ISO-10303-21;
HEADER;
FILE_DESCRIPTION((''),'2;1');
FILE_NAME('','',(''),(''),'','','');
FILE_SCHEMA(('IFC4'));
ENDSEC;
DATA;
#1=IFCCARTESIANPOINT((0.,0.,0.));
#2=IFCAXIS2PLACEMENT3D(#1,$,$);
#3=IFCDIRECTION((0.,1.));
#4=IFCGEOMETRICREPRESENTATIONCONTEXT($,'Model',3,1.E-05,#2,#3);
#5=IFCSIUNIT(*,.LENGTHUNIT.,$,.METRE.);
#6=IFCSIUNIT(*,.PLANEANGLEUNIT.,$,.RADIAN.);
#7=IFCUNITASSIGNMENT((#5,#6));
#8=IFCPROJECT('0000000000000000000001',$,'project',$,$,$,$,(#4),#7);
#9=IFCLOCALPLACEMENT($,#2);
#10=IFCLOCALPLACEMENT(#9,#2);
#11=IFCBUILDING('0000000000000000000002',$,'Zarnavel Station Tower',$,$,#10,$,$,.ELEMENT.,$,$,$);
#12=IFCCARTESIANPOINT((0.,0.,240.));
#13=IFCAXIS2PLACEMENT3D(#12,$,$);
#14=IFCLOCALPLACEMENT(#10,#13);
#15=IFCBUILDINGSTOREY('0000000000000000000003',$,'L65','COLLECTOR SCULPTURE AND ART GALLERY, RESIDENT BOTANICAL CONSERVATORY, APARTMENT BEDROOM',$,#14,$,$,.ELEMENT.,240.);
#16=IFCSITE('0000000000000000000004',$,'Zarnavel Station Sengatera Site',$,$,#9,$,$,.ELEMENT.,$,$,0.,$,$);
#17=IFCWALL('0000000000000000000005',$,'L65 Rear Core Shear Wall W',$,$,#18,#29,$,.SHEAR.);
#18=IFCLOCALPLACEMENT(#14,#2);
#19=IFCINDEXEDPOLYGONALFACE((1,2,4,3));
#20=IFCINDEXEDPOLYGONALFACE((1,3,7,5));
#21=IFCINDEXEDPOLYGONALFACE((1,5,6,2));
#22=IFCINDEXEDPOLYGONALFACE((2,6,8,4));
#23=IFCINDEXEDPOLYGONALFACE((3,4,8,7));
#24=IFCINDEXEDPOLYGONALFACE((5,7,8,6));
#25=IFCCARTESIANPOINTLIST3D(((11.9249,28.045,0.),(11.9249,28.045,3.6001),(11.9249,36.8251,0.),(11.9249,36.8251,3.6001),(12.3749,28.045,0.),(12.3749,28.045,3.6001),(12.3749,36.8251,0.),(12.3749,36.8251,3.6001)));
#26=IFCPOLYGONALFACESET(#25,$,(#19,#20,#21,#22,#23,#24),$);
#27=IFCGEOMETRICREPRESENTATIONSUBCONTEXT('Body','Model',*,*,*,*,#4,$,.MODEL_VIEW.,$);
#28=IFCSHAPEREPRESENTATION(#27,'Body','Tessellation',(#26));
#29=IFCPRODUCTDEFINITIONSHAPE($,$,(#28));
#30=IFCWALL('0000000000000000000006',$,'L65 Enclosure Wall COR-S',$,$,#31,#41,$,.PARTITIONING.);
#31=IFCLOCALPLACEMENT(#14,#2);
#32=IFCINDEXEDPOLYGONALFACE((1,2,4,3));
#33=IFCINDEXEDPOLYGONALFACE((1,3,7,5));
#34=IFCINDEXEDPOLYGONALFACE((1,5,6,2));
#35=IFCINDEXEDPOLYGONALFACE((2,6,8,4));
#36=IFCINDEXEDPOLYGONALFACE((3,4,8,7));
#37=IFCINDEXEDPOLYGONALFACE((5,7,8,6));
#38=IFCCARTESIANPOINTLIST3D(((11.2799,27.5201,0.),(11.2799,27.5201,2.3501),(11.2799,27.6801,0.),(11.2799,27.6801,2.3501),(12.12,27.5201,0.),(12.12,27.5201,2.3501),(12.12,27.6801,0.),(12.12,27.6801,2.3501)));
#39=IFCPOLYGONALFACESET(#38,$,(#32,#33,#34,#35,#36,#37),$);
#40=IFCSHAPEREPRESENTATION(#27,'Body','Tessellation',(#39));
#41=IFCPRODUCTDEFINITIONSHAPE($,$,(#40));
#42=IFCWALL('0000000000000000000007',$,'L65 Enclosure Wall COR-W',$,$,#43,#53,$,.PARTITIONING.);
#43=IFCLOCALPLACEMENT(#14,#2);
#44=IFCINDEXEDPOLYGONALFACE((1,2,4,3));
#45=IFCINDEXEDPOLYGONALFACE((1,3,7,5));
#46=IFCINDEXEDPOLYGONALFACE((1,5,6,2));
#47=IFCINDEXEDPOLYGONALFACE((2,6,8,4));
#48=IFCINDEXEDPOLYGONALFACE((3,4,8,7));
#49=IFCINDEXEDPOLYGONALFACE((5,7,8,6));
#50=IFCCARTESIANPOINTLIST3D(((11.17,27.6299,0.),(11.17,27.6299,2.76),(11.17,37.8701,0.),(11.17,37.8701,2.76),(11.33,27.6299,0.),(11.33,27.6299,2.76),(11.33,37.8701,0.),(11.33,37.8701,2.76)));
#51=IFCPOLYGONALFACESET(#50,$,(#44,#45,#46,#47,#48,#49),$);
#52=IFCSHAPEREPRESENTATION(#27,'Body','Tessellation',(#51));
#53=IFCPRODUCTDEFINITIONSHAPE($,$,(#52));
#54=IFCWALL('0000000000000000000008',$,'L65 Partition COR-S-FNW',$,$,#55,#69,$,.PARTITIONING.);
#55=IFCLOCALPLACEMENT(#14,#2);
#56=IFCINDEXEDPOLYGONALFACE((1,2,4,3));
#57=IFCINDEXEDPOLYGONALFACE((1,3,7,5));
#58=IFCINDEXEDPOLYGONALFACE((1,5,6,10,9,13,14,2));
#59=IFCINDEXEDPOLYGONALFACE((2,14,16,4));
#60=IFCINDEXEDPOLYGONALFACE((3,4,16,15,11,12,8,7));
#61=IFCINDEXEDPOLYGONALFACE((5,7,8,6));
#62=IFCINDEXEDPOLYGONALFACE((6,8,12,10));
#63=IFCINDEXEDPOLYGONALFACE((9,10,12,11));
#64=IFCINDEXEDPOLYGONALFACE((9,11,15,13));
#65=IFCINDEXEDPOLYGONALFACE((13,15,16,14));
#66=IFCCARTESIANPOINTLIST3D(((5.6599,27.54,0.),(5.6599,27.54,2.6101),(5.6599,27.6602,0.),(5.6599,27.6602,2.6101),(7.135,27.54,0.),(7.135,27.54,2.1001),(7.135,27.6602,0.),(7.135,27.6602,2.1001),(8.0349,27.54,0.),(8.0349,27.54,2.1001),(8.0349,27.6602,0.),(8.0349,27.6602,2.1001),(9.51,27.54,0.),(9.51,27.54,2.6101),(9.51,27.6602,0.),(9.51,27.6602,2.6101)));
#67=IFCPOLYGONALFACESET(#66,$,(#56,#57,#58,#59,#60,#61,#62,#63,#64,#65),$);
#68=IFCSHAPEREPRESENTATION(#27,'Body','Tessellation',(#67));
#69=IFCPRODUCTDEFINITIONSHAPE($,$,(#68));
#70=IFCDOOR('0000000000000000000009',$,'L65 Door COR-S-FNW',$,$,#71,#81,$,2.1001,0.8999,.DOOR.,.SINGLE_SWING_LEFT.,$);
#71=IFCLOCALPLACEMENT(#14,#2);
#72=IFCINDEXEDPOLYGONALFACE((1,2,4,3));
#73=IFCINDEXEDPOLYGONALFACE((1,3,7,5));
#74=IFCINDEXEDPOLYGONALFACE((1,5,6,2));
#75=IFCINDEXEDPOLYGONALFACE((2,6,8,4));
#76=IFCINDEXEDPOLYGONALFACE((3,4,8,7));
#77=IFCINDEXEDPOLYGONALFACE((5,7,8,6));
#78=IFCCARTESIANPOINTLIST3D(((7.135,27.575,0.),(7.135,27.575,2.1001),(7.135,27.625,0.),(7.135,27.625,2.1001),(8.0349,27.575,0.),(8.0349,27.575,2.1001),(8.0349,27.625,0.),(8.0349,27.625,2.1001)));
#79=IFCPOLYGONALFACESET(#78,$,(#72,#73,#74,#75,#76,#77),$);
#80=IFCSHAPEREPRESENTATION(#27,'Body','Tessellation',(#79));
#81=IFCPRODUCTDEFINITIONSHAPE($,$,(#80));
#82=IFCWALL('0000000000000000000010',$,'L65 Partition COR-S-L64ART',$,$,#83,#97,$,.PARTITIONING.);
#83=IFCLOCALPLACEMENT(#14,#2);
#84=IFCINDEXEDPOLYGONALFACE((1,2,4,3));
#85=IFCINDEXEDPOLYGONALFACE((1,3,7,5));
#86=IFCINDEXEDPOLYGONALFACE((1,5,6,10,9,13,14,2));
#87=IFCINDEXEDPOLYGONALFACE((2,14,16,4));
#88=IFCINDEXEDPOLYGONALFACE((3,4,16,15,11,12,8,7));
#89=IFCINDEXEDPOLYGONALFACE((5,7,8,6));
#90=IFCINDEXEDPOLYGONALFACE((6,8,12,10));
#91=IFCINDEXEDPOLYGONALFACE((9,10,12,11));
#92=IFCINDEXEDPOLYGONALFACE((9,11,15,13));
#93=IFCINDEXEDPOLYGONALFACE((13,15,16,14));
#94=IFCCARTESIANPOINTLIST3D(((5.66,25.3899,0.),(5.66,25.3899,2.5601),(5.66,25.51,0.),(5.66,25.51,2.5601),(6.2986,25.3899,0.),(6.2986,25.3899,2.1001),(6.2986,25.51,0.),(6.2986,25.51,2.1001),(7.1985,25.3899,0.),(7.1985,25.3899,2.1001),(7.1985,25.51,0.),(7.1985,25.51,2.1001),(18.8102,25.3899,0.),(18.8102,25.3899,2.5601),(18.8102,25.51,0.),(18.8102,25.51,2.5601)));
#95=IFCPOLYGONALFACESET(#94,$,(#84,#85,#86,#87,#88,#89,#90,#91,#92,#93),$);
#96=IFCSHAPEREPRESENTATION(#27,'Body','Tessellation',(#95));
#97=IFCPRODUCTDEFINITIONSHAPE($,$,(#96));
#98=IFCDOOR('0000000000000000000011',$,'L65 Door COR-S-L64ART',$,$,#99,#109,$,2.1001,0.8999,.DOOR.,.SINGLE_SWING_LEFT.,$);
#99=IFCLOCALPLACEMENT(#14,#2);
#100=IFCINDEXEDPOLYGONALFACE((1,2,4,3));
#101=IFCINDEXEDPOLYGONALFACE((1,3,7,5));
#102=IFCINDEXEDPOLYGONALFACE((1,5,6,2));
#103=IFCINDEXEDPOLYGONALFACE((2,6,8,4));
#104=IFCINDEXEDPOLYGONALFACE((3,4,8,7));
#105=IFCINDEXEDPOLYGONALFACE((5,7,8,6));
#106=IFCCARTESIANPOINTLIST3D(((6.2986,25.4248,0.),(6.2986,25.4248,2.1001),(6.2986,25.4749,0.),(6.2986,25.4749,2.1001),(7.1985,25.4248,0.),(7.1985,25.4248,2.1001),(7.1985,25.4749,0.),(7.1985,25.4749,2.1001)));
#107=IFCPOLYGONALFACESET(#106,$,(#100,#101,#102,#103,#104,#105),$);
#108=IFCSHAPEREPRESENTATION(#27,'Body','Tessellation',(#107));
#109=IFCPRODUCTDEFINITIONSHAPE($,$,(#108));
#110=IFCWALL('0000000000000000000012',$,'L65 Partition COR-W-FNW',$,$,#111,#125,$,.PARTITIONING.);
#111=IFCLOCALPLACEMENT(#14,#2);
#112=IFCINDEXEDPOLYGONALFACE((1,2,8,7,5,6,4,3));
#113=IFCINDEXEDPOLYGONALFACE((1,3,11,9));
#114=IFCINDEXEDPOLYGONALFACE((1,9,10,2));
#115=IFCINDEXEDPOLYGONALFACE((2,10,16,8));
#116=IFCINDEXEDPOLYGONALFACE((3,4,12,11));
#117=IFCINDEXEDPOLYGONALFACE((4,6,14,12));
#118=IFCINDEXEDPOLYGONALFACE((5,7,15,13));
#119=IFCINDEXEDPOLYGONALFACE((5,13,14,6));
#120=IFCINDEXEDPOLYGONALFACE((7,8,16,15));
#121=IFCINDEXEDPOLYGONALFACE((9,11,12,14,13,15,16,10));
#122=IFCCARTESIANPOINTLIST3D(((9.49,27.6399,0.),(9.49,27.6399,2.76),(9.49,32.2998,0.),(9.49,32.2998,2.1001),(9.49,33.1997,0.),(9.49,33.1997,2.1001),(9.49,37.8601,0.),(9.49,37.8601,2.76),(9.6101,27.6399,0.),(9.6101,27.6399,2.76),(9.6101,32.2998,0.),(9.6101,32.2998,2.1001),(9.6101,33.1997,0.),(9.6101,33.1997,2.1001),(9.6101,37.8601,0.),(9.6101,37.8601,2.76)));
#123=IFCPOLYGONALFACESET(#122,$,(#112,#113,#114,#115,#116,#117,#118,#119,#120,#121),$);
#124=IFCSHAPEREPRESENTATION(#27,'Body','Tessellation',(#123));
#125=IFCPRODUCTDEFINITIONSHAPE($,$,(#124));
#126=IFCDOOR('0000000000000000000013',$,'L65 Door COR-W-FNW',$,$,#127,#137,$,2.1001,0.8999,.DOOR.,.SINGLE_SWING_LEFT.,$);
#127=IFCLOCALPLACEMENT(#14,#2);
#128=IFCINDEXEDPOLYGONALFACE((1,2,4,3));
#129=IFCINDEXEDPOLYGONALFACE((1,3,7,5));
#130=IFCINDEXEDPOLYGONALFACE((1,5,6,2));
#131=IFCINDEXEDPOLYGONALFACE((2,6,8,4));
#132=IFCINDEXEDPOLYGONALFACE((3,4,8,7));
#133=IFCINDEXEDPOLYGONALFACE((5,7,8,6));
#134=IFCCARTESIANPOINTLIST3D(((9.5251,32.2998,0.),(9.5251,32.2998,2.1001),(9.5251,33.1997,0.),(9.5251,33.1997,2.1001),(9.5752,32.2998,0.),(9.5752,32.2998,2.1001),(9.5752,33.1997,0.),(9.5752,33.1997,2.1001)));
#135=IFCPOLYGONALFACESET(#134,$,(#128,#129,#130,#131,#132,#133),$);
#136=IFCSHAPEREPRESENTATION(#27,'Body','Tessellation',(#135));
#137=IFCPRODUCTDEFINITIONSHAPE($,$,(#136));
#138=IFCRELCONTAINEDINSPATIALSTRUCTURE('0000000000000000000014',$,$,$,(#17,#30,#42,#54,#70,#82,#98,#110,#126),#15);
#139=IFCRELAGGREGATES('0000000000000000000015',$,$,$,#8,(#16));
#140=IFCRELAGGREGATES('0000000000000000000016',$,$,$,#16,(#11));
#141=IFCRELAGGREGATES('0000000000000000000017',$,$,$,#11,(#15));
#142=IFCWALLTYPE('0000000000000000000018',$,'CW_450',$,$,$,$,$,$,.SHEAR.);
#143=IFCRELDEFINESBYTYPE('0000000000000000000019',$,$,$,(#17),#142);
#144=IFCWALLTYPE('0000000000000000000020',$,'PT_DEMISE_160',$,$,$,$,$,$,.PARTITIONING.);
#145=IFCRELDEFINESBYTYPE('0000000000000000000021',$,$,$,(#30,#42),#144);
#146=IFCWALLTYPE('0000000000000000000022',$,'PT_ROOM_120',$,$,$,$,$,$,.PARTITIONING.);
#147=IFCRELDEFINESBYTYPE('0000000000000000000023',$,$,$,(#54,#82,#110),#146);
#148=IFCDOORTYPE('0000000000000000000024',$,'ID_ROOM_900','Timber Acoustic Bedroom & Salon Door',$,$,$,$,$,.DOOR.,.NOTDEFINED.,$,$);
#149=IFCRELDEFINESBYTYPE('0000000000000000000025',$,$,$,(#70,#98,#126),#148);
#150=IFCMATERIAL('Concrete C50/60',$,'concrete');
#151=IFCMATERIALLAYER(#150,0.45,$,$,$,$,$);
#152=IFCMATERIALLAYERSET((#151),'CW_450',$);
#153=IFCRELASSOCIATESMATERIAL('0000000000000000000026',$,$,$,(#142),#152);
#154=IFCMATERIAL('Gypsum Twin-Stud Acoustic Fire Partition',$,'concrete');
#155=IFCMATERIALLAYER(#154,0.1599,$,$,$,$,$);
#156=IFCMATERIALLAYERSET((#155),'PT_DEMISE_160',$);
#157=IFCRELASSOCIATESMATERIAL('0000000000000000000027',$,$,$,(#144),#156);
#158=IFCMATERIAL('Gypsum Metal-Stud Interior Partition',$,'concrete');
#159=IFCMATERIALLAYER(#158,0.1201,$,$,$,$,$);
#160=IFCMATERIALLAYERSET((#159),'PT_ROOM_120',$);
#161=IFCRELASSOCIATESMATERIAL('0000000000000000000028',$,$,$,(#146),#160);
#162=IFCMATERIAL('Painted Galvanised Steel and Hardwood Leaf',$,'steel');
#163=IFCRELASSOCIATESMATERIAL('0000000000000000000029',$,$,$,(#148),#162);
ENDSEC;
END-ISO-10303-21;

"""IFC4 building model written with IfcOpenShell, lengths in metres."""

from ifc_helpers import new_model, si_unit, direction, frame, frame_2d, origin, place, context, subcontext, project, spatial, rectangle, extrude, material, layer, layer_set, type_object, element, fill, save


model = new_model("IFC4")

# Units and contexts
model_context = context("Model", 3, precision=1e-05, world=origin(), true_north=direction((0.0, 1.0)))
body_context = subcontext(model_context, "Body", "Model", "MODEL_VIEW")
ifc_project = project(units=[si_unit("LENGTHUNIT", "METRE"), si_unit("PLANEANGLEUNIT", "RADIAN")], contexts=[model_context])

# Site, building, storey
site_placement = place(None, origin())
site = spatial("IfcSite", under=ifc_project, at=site_placement, Name="Zarnavel Station Sengatera Site", CompositionType="ELEMENT", RefElevation=0.0)
building_placement = place(site_placement, origin())
building = spatial("IfcBuilding", under=site, at=building_placement, Name="Zarnavel Station Tower", CompositionType="ELEMENT")
storey_placement = place(building_placement, frame((0.0, 0.0, 240.0)))
storey = spatial("IfcBuildingStorey", under=building, at=storey_placement, Name="L65", Description="COLLECTOR SCULPTURE AND ART GALLERY, RESIDENT BOTANICAL CONSERVATORY, APARTMENT BEDROOM", CompositionType="ELEMENT", Elevation=240.0)

# Walls
ifc_material_1 = material(Name="Concrete C50/60", Category="concrete")
ifc_layer_1 = layer(ifc_material_1, 0.45)
ifc_layer_set_1 = layer_set([ifc_layer_1], Name="CW_450")
wall_type_1 = type_object("IfcWallType", Name="CW_450", PredefinedType="SHEAR", material=ifc_layer_set_1)
wall_1_placement = place(storey_placement, frame((12.1499, 28.0449, 0.0), z_axis=(0.0, 0.0, 1.0), x_axis=(0.0, 1.0, 0.0)))
element("IfcWall", 1, at=wall_1_placement, inside=storey, type_object=wall_type_1, Name="L65 Rear Core Shear Wall W", PredefinedType="SHEAR", context=body_context, shape_type="SweptSolid", body=[
    extrude(rectangle(XDim=8.78, YDim=0.45, at=frame_2d((4.3901, 0.0))), origin(), (0.0, 0.0, 1.0), 3.6001),
])
ifc_material_2 = material(Name="Gypsum Twin-Stud Acoustic Fire Partition", Category="concrete")
ifc_layer_2 = layer(ifc_material_2, 0.1599)
ifc_layer_set_2 = layer_set([ifc_layer_2], Name="PT_DEMISE_160")
wall_type_2 = type_object("IfcWallType", Name="PT_DEMISE_160", PredefinedType="PARTITIONING", material=ifc_layer_set_2)
wall_2_placement = place(storey_placement, frame((11.28, 27.6001, 0.0), z_axis=(0.0, 0.0, 1.0), x_axis=(1.0, 0.0, 0.0)))
element("IfcWall", 2, at=wall_2_placement, inside=storey, type_object=wall_type_2, Name="L65 Enclosure Wall COR-S", PredefinedType="PARTITIONING", context=body_context, shape_type="SweptSolid", body=[
    extrude(rectangle(XDim=0.8401, YDim=0.1599, at=frame_2d((0.4199, 0.0))), origin(), (0.0, 0.0, 1.0), 2.3501),
])
wall_3_placement = place(storey_placement, frame((11.25, 27.6299, 0.0), z_axis=(0.0, 0.0, 1.0), x_axis=(0.0, 1.0, 0.0)))
element("IfcWall", 3, at=wall_3_placement, inside=storey, type_object=wall_type_2, Name="L65 Enclosure Wall COR-W", PredefinedType="PARTITIONING", context=body_context, shape_type="SweptSolid", body=[
    extrude(rectangle(XDim=10.2402, YDim=0.1599, at=frame_2d((5.1201, 0.0))), origin(), (0.0, 0.0, 1.0), 2.76),
])

# Walls, openings, doors
ifc_material_3 = material(Name="Gypsum Metal-Stud Interior Partition", Category="concrete")
ifc_layer_3 = layer(ifc_material_3, 0.1201)
ifc_layer_set_3 = layer_set([ifc_layer_3], Name="PT_ROOM_120")
wall_type_3 = type_object("IfcWallType", Name="PT_ROOM_120", PredefinedType="PARTITIONING", material=ifc_layer_set_3)
wall_4_placement = place(storey_placement, frame((5.6599, 27.6001, 0.0), z_axis=(0.0, 0.0, 1.0), x_axis=(1.0, 0.0, 0.0)))
wall_4 = element("IfcWall", 4, at=wall_4_placement, inside=storey, type_object=wall_type_3, Name="L65 Partition COR-S-FNW", PredefinedType="PARTITIONING", context=body_context, shape_type="SweptSolid", body=[
    extrude(rectangle(XDim=3.8501, YDim=0.1201, at=frame_2d((1.925, 0.0))), origin(), (0.0, 0.0, 1.0), 2.6101),
])
opening_1_placement = place(wall_4_placement, frame((1.4751, 0.0, 0.0)))
opening_1 = element("IfcOpeningElement", 5, at=opening_1_placement, cuts=wall_4, PredefinedType="OPENING", context=body_context, shape_type="SweptSolid", body=[
    extrude(rectangle(XDim=0.8999, YDim=2.1001, at=frame_2d((0.45, 1.05))), frame((0.0, 0.0701, 0.0), z_axis=(0.0, -1.0, 0.0), x_axis=(1.0, 0.0, 0.0)), (0.0, 0.0, 1.0), 0.1401),
])
ifc_material_4 = material(Name="Painted Galvanised Steel and Hardwood Leaf", Category="steel")
door_type = type_object("IfcDoorType", Name="ID_ROOM_900", Description="Timber Acoustic Bedroom & Salon Door", OperationType="NOTDEFINED", PredefinedType="DOOR", material=ifc_material_4)
door_1_placement = place(opening_1_placement, origin())
door_1 = element("IfcDoor", 6, at=door_1_placement, inside=storey, type_object=door_type, Name="L65 Door COR-S-FNW", OperationType="SINGLE_SWING_LEFT", OverallHeight=2.1001, OverallWidth=0.8999, PredefinedType="DOOR", context=body_context, shape_type="SweptSolid", body=[
    extrude(rectangle(XDim=0.8999, YDim=2.1001, at=frame_2d((0.45, 1.05))), frame((0.0, 0.0249, 0.0), z_axis=(0.0, -1.0, 0.0), x_axis=(1.0, 0.0, 0.0)), (0.0, 0.0, 1.0), 0.05),
])
fill(opening_1, door_1)
wall_5_placement = place(storey_placement, frame((5.6599, 25.45, 0.0), z_axis=(0.0, 0.0, 1.0), x_axis=(1.0, 0.0, 0.0)))
wall_5 = element("IfcWall", 7, at=wall_5_placement, inside=storey, type_object=wall_type_3, Name="L65 Partition COR-S-L64ART", PredefinedType="PARTITIONING", context=body_context, shape_type="SweptSolid", body=[
    extrude(rectangle(XDim=13.1501, YDim=0.1201, at=frame_2d((6.5752, 0.0))), origin(), (0.0, 0.0, 1.0), 2.5601),
])
opening_2_placement = place(wall_5_placement, frame((0.6387, 0.0, 0.0)))
opening_2 = element("IfcOpeningElement", 8, at=opening_2_placement, cuts=wall_5, PredefinedType="OPENING", context=body_context, shape_type="SweptSolid", body=[
    extrude(rectangle(XDim=0.8999, YDim=2.1001, at=frame_2d((0.45, 1.05))), frame((0.0, 0.0701, 0.0), z_axis=(0.0, -1.0, 0.0), x_axis=(1.0, 0.0, 0.0)), (0.0, 0.0, 1.0), 0.1401),
])
door_2_placement = place(opening_2_placement, origin())
door_2 = element("IfcDoor", 9, at=door_2_placement, inside=storey, type_object=door_type, Name="L65 Door COR-S-L64ART", OperationType="SINGLE_SWING_LEFT", OverallHeight=2.1001, OverallWidth=0.8999, PredefinedType="DOOR", context=body_context, shape_type="SweptSolid", body=[
    extrude(rectangle(XDim=0.8999, YDim=2.1001, at=frame_2d((0.45, 1.05))), frame((0.0, 0.0249, 0.0), z_axis=(0.0, -1.0, 0.0), x_axis=(1.0, 0.0, 0.0)), (0.0, 0.0, 1.0), 0.05),
])
fill(opening_2, door_2)
wall_6_placement = place(storey_placement, frame((9.55, 27.6399, 0.0), z_axis=(0.0, 0.0, 1.0), x_axis=(0.0, 1.0, 0.0)))
wall_6 = element("IfcWall", 10, at=wall_6_placement, inside=storey, type_object=wall_type_3, Name="L65 Partition COR-W-FNW", PredefinedType="PARTITIONING", context=body_context, shape_type="SweptSolid", body=[
    extrude(rectangle(XDim=10.2202, YDim=0.1201, at=frame_2d((5.1101, 0.0))), origin(), (0.0, 0.0, 1.0), 2.76),
])
opening_3_placement = place(wall_6_placement, frame((4.6599, 0.0, 0.0)))
opening_3 = element("IfcOpeningElement", 11, at=opening_3_placement, cuts=wall_6, PredefinedType="OPENING", context=body_context, shape_type="SweptSolid", body=[
    extrude(rectangle(XDim=0.8999, YDim=2.1001, at=frame_2d((0.45, 1.05))), frame((0.0, 0.0701, 0.0), z_axis=(0.0, -1.0, 0.0), x_axis=(1.0, 0.0, 0.0)), (0.0, 0.0, 1.0), 0.1401),
])
door_3_placement = place(opening_3_placement, origin())
door_3 = element("IfcDoor", 12, at=door_3_placement, inside=storey, type_object=door_type, Name="L65 Door COR-W-FNW", OperationType="SINGLE_SWING_LEFT", OverallHeight=2.1001, OverallWidth=0.8999, PredefinedType="DOOR", context=body_context, shape_type="SweptSolid", body=[
    extrude(rectangle(XDim=0.8999, YDim=2.1001, at=frame_2d((0.45, 1.05))), frame((0.0, 0.0249, 0.0), z_axis=(0.0, -1.0, 0.0), x_axis=(1.0, 0.0, 0.0)), (0.0, 0.0, 1.0), 0.05),
])
fill(opening_3, door_3)

save(model, "model.ifc")
